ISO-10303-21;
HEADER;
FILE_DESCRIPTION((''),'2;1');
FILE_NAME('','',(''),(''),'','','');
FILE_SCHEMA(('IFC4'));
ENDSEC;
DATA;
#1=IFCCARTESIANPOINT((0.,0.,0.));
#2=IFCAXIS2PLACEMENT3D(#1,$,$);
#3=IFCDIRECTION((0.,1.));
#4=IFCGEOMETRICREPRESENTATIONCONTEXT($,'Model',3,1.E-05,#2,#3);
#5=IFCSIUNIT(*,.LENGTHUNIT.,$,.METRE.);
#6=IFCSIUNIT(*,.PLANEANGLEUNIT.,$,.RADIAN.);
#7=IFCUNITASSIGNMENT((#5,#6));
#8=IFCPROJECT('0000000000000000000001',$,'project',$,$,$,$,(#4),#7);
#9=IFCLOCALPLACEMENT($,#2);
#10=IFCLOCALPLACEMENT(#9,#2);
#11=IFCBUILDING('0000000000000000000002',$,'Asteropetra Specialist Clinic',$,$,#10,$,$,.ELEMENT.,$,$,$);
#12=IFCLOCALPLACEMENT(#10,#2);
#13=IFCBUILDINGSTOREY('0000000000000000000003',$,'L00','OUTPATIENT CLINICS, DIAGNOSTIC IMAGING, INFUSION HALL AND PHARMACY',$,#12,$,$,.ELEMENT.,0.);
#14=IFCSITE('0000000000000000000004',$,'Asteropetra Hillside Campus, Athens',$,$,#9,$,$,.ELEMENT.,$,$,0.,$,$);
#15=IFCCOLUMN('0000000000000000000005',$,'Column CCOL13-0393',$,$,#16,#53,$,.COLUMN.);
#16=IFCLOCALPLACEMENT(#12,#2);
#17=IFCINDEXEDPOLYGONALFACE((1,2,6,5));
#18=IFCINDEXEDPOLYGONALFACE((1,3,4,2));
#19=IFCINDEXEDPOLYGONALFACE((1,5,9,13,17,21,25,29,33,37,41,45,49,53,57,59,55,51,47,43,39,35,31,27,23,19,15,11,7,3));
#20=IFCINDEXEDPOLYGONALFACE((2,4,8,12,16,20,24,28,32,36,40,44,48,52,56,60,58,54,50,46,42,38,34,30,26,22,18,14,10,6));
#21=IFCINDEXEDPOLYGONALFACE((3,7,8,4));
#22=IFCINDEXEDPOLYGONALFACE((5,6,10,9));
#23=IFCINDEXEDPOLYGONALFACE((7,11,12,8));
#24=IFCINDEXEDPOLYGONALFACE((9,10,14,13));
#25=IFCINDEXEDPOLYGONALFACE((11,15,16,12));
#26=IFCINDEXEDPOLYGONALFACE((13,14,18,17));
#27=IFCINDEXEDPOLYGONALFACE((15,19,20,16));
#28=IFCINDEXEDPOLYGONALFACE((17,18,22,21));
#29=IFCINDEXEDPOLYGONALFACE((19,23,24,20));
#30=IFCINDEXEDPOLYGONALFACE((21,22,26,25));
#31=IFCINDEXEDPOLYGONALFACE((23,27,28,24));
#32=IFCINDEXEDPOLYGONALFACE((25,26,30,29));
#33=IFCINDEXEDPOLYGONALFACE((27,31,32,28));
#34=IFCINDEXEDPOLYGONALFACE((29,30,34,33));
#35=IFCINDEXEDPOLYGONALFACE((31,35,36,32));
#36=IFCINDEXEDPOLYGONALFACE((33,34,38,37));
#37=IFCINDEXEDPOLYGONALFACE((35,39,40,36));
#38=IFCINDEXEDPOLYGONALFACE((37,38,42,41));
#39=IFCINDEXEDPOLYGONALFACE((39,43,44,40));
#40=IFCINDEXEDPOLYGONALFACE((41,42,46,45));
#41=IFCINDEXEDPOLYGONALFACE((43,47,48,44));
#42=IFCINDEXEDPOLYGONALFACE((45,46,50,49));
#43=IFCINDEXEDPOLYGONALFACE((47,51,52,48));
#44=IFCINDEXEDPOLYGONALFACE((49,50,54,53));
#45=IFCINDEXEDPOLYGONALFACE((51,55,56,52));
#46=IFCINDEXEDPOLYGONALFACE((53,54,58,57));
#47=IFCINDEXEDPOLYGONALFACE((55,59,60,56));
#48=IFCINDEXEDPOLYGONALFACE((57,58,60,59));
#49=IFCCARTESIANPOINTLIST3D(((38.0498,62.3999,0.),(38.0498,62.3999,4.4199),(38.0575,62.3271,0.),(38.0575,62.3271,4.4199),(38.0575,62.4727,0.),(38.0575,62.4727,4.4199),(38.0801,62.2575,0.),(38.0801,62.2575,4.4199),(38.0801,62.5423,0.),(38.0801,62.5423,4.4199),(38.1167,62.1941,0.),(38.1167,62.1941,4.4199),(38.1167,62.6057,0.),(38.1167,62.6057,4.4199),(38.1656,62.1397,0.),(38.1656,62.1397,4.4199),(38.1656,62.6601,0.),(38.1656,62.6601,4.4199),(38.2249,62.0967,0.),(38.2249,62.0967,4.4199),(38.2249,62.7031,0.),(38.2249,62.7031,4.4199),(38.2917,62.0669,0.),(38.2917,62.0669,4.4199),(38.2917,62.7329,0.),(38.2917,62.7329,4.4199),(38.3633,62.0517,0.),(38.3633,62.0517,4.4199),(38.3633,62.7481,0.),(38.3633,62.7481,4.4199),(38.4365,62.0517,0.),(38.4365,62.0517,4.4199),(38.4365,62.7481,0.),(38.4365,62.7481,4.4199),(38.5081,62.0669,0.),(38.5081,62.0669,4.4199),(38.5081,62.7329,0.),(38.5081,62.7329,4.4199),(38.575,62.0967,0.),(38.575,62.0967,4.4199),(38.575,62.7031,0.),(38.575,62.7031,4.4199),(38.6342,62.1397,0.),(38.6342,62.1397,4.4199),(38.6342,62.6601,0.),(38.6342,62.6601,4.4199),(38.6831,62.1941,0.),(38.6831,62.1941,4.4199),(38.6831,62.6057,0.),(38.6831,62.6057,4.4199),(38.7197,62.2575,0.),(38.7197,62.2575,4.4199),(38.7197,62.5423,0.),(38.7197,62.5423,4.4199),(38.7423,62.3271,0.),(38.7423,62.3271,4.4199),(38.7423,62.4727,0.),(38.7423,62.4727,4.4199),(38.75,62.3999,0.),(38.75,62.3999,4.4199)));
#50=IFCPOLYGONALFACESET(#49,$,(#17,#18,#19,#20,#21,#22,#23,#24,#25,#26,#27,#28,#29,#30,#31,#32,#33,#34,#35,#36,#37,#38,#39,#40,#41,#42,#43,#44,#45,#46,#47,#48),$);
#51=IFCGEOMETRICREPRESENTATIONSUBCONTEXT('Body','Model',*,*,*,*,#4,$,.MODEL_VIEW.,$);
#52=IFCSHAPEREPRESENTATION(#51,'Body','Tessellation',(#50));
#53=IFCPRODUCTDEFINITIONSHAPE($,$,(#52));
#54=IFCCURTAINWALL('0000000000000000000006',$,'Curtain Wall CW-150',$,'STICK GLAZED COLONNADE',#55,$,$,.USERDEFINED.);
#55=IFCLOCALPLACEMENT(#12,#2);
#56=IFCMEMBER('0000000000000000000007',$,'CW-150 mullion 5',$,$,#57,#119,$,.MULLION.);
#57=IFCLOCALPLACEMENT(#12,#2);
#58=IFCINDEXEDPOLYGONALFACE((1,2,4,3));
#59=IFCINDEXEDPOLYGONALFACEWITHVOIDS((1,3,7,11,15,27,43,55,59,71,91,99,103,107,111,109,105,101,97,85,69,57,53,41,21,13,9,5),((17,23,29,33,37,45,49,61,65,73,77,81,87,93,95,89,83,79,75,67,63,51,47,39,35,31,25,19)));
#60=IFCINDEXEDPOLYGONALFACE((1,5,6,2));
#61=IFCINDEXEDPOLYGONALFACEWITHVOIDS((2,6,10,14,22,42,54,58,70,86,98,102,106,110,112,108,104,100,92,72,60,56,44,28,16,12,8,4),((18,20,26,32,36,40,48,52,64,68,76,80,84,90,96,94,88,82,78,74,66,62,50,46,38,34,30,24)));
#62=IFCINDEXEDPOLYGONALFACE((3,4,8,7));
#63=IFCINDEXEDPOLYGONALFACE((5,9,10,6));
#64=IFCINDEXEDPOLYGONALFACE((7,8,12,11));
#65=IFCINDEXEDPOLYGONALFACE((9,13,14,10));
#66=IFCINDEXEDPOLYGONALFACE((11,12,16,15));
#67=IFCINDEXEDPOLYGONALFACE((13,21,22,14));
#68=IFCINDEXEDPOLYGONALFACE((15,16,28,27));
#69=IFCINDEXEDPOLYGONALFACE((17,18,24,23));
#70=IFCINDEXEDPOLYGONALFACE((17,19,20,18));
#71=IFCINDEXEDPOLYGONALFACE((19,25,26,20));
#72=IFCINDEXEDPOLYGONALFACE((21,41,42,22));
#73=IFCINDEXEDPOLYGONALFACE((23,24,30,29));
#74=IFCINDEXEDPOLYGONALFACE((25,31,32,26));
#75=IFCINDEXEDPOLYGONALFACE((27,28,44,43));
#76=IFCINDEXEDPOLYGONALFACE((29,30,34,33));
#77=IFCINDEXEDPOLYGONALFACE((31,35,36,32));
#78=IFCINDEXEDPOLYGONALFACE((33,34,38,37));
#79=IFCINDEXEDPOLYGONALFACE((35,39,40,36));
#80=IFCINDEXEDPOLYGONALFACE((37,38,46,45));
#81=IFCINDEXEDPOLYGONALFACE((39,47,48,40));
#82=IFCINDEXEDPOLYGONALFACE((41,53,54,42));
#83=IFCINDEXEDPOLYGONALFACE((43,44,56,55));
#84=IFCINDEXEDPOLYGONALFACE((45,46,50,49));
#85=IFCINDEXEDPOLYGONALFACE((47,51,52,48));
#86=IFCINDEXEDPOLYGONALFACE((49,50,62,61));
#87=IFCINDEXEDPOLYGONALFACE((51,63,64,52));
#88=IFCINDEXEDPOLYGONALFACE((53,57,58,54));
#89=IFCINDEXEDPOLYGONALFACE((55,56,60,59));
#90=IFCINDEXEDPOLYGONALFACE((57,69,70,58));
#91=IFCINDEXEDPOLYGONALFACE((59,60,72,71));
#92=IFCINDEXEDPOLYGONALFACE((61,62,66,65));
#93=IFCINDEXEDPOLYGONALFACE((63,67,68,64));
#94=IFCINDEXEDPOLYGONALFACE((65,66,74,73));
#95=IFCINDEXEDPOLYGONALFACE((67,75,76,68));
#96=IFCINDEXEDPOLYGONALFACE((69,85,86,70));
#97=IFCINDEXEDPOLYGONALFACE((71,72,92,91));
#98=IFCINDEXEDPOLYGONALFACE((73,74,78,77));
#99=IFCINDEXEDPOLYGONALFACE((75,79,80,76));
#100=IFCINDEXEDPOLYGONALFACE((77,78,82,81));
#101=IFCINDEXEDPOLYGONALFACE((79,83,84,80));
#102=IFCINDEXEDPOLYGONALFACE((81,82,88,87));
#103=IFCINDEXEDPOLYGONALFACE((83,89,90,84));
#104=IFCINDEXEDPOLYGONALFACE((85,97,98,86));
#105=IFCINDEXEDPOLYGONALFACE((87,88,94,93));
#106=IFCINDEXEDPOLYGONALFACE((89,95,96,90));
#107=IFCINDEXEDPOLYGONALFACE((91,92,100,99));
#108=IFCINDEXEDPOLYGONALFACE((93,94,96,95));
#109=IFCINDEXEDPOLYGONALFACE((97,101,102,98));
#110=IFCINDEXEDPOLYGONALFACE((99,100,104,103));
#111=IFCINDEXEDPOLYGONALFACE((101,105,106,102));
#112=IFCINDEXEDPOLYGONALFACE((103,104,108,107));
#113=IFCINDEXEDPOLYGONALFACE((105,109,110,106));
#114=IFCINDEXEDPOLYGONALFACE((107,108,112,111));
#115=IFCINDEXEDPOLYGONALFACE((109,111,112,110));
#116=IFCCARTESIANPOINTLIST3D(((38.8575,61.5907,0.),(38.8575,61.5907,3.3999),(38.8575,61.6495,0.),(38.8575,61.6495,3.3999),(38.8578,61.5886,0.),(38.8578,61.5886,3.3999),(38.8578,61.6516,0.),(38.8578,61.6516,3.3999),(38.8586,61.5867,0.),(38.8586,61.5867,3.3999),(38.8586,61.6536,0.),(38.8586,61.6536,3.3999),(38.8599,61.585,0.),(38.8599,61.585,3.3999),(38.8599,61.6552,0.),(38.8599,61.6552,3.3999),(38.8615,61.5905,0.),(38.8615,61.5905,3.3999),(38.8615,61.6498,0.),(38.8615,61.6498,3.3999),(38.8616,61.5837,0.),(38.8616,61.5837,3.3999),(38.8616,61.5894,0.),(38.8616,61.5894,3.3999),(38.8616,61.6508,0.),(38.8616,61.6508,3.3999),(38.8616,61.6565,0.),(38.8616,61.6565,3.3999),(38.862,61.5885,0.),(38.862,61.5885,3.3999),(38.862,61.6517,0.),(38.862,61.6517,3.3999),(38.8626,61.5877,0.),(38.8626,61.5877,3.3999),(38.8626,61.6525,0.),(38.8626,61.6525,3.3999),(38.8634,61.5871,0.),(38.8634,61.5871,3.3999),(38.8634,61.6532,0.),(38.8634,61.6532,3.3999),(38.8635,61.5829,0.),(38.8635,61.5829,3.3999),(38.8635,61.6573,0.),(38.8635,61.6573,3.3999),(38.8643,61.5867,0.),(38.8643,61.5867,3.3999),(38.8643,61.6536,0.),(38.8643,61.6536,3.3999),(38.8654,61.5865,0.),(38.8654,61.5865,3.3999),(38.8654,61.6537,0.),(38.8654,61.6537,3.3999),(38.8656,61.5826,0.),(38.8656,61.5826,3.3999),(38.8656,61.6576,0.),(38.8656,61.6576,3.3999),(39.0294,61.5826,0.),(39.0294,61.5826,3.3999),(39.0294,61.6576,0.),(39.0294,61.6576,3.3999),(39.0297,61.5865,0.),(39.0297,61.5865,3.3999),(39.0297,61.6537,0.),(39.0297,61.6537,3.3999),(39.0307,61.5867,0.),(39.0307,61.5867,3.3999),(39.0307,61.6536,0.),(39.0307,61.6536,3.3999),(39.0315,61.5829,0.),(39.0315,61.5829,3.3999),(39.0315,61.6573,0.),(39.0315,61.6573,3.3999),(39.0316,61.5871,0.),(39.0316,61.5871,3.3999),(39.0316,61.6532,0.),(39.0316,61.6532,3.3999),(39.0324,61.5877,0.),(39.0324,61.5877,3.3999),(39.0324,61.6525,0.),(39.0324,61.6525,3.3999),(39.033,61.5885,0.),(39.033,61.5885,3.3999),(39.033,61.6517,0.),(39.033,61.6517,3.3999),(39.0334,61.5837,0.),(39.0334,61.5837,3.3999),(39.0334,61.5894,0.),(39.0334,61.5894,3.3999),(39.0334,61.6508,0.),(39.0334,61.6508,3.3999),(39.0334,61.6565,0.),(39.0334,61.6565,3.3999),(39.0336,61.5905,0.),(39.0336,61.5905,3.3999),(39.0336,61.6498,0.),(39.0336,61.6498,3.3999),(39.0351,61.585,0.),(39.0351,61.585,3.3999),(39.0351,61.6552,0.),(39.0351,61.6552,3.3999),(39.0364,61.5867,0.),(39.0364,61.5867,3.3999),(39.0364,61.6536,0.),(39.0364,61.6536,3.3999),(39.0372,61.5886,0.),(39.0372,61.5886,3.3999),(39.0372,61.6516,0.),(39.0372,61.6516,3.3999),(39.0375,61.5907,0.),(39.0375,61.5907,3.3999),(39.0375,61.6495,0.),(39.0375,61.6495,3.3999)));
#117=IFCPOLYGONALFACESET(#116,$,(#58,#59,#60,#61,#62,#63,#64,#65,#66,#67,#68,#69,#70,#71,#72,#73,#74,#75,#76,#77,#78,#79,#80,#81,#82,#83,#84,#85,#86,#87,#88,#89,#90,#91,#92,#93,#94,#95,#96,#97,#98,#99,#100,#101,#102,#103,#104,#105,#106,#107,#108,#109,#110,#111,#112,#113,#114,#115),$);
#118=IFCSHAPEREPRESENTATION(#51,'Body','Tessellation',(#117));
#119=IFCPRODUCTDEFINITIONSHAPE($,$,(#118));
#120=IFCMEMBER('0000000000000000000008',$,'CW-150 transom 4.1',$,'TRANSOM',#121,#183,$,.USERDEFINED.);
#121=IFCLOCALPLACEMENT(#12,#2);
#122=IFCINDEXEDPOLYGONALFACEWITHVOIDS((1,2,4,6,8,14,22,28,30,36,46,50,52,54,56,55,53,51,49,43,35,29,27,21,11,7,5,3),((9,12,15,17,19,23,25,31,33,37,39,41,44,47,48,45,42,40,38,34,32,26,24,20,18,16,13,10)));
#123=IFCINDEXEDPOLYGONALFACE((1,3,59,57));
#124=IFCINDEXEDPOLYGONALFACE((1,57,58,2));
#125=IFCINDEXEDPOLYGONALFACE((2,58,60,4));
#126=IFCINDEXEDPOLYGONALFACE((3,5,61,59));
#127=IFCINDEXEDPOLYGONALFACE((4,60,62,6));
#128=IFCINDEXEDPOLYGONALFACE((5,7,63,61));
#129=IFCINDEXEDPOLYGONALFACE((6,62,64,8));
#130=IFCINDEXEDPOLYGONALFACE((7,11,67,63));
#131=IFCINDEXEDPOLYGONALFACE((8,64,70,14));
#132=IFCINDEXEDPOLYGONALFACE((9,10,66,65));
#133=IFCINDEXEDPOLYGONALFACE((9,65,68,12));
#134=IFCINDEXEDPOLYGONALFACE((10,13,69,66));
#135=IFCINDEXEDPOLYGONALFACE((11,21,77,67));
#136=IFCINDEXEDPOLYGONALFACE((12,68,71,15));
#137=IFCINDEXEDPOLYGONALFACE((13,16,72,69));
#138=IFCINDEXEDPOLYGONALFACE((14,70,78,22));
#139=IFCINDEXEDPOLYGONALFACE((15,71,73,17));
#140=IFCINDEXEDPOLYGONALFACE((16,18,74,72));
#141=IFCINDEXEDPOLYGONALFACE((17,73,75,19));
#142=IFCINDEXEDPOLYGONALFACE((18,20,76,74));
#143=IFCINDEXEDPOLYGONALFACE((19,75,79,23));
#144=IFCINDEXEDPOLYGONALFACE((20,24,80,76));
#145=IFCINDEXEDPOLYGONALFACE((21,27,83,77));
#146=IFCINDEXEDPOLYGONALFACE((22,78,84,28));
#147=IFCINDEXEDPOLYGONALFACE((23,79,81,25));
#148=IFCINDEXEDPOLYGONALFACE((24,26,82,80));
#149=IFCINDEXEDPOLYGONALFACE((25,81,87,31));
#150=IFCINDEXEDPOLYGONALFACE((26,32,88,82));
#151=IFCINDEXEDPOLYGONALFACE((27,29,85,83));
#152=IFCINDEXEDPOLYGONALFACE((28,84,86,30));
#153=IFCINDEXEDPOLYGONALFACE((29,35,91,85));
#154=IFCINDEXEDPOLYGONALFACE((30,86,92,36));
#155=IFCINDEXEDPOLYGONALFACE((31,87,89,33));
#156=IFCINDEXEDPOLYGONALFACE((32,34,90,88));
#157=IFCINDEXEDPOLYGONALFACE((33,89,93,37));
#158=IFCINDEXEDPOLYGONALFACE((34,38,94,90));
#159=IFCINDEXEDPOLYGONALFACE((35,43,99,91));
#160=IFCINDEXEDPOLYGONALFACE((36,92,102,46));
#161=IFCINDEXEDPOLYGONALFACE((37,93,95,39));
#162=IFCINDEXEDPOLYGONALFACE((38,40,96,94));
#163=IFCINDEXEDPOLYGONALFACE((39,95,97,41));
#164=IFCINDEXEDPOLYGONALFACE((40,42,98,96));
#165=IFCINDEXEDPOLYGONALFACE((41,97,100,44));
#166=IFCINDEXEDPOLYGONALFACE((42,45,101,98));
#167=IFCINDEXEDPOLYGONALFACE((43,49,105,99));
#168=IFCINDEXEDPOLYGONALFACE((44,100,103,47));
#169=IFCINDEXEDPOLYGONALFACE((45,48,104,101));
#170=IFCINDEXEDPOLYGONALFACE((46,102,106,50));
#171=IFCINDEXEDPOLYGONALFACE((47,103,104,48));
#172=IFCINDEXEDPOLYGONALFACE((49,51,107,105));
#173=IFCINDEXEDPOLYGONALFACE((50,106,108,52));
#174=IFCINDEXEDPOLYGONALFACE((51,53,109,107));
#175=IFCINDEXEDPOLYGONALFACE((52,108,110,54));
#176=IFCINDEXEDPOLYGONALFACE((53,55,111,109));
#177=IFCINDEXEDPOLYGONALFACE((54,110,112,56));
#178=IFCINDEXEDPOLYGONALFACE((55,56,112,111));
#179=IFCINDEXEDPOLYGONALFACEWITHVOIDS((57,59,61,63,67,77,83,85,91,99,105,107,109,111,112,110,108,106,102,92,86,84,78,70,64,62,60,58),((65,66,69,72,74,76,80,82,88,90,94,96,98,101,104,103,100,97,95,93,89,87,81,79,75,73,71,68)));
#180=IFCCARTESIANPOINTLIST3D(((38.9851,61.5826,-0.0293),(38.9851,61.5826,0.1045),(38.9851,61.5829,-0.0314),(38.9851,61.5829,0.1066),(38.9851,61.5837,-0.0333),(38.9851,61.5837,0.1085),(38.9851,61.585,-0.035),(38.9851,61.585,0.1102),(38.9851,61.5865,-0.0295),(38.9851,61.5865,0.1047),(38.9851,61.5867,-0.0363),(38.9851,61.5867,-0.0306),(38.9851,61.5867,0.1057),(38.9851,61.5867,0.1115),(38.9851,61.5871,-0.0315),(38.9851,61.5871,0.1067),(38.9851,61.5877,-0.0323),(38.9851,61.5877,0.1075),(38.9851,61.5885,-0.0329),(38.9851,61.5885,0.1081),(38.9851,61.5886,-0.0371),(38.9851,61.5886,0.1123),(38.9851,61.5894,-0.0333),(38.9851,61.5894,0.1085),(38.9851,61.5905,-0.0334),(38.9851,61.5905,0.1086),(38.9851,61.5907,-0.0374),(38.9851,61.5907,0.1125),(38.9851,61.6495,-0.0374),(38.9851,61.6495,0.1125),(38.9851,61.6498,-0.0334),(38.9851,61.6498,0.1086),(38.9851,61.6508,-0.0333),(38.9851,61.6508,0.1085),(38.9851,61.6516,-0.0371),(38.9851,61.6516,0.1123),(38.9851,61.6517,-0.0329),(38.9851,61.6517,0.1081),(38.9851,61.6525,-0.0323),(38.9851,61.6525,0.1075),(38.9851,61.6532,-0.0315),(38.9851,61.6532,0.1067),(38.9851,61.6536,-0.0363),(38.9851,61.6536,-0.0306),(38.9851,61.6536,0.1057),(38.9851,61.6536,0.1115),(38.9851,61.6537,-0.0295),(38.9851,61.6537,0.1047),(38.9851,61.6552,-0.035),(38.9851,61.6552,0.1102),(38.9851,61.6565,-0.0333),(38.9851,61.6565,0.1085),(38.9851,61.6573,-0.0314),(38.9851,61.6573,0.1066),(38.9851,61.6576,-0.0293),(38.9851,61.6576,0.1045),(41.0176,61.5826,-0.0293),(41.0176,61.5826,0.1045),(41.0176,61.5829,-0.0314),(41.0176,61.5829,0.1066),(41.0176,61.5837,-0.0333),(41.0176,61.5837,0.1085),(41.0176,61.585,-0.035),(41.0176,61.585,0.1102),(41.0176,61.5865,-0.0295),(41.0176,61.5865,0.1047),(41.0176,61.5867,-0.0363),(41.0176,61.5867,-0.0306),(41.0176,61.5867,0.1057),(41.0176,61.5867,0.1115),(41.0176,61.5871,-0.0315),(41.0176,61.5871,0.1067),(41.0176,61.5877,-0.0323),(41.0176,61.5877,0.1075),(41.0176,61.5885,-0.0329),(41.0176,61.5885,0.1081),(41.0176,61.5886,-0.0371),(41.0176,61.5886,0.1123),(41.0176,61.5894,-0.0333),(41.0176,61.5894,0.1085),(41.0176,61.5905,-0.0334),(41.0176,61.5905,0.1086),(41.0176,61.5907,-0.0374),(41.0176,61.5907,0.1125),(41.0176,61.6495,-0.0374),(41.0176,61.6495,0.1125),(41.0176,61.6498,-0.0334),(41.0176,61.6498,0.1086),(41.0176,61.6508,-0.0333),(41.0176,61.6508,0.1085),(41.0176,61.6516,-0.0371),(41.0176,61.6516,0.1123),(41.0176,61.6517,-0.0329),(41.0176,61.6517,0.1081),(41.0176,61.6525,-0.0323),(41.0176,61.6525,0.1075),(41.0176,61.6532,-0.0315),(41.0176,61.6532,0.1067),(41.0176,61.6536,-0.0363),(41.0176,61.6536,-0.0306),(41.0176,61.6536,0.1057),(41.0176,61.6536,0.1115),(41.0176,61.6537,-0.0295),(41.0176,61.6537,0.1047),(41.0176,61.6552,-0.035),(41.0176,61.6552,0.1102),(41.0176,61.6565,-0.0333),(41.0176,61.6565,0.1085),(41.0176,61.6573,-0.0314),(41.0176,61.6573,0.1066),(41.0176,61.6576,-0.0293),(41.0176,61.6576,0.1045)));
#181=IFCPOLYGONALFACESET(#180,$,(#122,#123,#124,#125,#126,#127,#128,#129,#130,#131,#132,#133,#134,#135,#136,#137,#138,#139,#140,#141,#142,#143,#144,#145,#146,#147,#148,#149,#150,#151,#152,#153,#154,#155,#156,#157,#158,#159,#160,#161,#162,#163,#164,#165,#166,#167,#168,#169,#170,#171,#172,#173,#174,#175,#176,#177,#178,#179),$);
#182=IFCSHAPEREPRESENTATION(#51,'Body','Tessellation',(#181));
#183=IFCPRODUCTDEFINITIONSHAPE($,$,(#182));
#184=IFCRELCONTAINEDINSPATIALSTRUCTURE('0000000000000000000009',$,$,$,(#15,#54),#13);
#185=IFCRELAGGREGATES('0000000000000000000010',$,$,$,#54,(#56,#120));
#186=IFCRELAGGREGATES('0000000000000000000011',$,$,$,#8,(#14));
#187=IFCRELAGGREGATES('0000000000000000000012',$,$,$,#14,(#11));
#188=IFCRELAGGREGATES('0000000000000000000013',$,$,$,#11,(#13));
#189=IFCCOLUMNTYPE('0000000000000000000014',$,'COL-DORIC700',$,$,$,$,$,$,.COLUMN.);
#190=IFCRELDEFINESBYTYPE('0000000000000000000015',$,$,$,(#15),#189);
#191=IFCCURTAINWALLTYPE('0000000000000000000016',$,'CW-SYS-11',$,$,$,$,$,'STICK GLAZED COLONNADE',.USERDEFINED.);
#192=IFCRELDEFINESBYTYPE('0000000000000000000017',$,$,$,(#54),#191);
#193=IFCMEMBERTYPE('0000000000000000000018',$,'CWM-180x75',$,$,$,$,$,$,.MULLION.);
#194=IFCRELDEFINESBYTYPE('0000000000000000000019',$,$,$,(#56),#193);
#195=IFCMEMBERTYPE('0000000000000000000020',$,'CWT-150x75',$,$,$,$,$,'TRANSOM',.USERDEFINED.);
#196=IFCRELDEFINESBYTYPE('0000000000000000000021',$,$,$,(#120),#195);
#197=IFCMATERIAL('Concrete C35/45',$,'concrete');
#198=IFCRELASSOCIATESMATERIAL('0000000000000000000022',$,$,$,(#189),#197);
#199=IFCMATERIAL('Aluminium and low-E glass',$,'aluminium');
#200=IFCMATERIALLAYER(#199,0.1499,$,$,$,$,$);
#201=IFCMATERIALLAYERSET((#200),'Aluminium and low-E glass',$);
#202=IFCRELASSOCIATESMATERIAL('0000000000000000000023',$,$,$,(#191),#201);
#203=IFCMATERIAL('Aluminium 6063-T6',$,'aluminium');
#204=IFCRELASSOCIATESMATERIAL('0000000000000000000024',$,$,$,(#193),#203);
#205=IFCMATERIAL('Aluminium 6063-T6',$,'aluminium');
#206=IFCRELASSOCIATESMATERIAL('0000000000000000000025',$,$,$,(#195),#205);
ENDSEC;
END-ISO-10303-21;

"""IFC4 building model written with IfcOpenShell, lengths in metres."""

from ifc_helpers import new_model, si_unit, direction, frame, origin, origin_2d, place, context, subcontext, project, spatial, hollow_rectangle, circle, extrude, material, layer, layer_set, material_profile, profile_set, type_object, element, aggregate, save


model = new_model("IFC4")

# Units and contexts
model_context = context("Model", 3, precision=1e-05, world=origin(), true_north=direction((0.0, 1.0)))
body_context = subcontext(model_context, "Body", "Model", "MODEL_VIEW")
ifc_project = project(units=[si_unit("LENGTHUNIT", "METRE"), si_unit("PLANEANGLEUNIT", "RADIAN")], contexts=[model_context])

# Site, building, storey
site_placement = place(None, origin())
site = spatial("IfcSite", under=ifc_project, at=site_placement, Name="Asteropetra Hillside Campus, Athens", CompositionType="ELEMENT", RefElevation=0.0)
building_placement = place(site_placement, origin())
building = spatial("IfcBuilding", under=site, at=building_placement, Name="Asteropetra Specialist Clinic", CompositionType="ELEMENT")
storey_placement = place(building_placement, origin())
storey = spatial("IfcBuildingStorey", under=building, at=storey_placement, Name="L00", Description="OUTPATIENT CLINICS, DIAGNOSTIC IMAGING, INFUSION HALL AND PHARMACY", CompositionType="ELEMENT", Elevation=0.0)

# Column
ifc_material_1 = material(Name="Concrete C35/45", Category="concrete")
ifc_material_profile_1 = material_profile(ifc_material_1, circle(Radius=0.3501, at=origin_2d()), Name="RCC D700")
ifc_profile_set_1 = profile_set([ifc_material_profile_1], Name="Concrete C35/45")
column_type = type_object("IfcColumnType", Name="COL-DORIC700", PredefinedType="COLUMN", material=ifc_profile_set_1)
column_placement = place(storey_placement, frame((38.3999, 62.3999, 0.0), z_axis=(0.0, 0.0, 1.0), x_axis=(1.0, 0.0, 0.0)))
element("IfcColumn", 1, at=column_placement, inside=storey, type_object=column_type, Name="Column CCOL13-0393", PredefinedType="COLUMN", context=body_context, shape_type="SweptSolid", body=[
    extrude(circle(Radius=0.3501, at=origin_2d()), origin(), (0.0, 0.0, 1.0), 4.4199),
])

# Curtain wall, members
ifc_material_2 = material(Name="Aluminium and low-E glass", Category="aluminium")
ifc_layer_1 = layer(ifc_material_2, 0.1499)
ifc_layer_set_1 = layer_set([ifc_layer_1], Name="Aluminium and low-E glass")
curtain_wall_type = type_object("IfcCurtainWallType", Name="CW-SYS-11", ElementType="STICK GLAZED COLONNADE", PredefinedType="USERDEFINED", material=ifc_layer_set_1)
curtain_wall_placement = place(storey_placement, origin())
curtain_wall = element("IfcCurtainWall", 2, at=curtain_wall_placement, inside=storey, type_object=curtain_wall_type, Name="Curtain Wall CW-150", ObjectType="STICK GLAZED COLONNADE", PredefinedType="USERDEFINED")
ifc_material_3 = material(Name="Aluminium 6063-T6", Category="aluminium")
ifc_material_profile_2 = material_profile(ifc_material_3, hollow_rectangle(XDim=0.075, YDim=0.1799, WallThickness=0.0039, InnerFilletRadius=0.0039, OuterFilletRadius=0.0081, at=origin_2d()), Name="MUL 180x75x4.0")
ifc_profile_set_2 = profile_set([ifc_material_profile_2], Name="Aluminium 6063-T6")
member_type_1 = type_object("IfcMemberType", Name="CWM-180x75", PredefinedType="MULLION", material=ifc_profile_set_2)
member_1_placement = place(storey_placement, frame((38.9475, 61.6201, 0.0), z_axis=(0.0, 0.0, 1.0), x_axis=(0.0, -1.0, 0.0)))
member_1 = element("IfcMember", 3, at=member_1_placement, type_object=member_type_1, Name="CW-150 mullion 5", PredefinedType="MULLION", context=body_context, shape_type="SweptSolid", body=[
    extrude(hollow_rectangle(XDim=0.075, YDim=0.1799, WallThickness=0.0039, InnerFilletRadius=0.0039, OuterFilletRadius=0.0081, at=origin_2d()), origin(), (0.0, 0.0, 1.0), 3.3999),
])
ifc_material_4 = material(Name="Aluminium 6063-T6", Category="aluminium")
ifc_material_profile_3 = material_profile(ifc_material_4, hollow_rectangle(XDim=0.075, YDim=0.1499, WallThickness=0.0039, InnerFilletRadius=0.0039, OuterFilletRadius=0.0081, at=origin_2d()), Name="TRN 150x75x4.0")
ifc_profile_set_3 = profile_set([ifc_material_profile_3], Name="Aluminium 6063-T6")
member_type_2 = type_object("IfcMemberType", Name="CWT-150x75", ElementType="TRANSOM", PredefinedType="USERDEFINED", material=ifc_profile_set_3)
member_2_placement = place(storey_placement, frame((41.0176, 61.6201, 0.0376), z_axis=(-1.0, 0.0, 0.0), x_axis=(0.0, -1.0, 0.0)))
member_2 = element("IfcMember", 4, at=member_2_placement, type_object=member_type_2, Name="CW-150 transom 4.1", ObjectType="TRANSOM", PredefinedType="USERDEFINED", context=body_context, shape_type="SweptSolid", body=[
    extrude(hollow_rectangle(XDim=0.075, YDim=0.1499, WallThickness=0.0039, InnerFilletRadius=0.0039, OuterFilletRadius=0.0081, at=origin_2d()), origin(), (0.0, 0.0, 1.0), 2.0325),
])

aggregate(curtain_wall, [member_1, member_2])

save(model, "model.ifc")
